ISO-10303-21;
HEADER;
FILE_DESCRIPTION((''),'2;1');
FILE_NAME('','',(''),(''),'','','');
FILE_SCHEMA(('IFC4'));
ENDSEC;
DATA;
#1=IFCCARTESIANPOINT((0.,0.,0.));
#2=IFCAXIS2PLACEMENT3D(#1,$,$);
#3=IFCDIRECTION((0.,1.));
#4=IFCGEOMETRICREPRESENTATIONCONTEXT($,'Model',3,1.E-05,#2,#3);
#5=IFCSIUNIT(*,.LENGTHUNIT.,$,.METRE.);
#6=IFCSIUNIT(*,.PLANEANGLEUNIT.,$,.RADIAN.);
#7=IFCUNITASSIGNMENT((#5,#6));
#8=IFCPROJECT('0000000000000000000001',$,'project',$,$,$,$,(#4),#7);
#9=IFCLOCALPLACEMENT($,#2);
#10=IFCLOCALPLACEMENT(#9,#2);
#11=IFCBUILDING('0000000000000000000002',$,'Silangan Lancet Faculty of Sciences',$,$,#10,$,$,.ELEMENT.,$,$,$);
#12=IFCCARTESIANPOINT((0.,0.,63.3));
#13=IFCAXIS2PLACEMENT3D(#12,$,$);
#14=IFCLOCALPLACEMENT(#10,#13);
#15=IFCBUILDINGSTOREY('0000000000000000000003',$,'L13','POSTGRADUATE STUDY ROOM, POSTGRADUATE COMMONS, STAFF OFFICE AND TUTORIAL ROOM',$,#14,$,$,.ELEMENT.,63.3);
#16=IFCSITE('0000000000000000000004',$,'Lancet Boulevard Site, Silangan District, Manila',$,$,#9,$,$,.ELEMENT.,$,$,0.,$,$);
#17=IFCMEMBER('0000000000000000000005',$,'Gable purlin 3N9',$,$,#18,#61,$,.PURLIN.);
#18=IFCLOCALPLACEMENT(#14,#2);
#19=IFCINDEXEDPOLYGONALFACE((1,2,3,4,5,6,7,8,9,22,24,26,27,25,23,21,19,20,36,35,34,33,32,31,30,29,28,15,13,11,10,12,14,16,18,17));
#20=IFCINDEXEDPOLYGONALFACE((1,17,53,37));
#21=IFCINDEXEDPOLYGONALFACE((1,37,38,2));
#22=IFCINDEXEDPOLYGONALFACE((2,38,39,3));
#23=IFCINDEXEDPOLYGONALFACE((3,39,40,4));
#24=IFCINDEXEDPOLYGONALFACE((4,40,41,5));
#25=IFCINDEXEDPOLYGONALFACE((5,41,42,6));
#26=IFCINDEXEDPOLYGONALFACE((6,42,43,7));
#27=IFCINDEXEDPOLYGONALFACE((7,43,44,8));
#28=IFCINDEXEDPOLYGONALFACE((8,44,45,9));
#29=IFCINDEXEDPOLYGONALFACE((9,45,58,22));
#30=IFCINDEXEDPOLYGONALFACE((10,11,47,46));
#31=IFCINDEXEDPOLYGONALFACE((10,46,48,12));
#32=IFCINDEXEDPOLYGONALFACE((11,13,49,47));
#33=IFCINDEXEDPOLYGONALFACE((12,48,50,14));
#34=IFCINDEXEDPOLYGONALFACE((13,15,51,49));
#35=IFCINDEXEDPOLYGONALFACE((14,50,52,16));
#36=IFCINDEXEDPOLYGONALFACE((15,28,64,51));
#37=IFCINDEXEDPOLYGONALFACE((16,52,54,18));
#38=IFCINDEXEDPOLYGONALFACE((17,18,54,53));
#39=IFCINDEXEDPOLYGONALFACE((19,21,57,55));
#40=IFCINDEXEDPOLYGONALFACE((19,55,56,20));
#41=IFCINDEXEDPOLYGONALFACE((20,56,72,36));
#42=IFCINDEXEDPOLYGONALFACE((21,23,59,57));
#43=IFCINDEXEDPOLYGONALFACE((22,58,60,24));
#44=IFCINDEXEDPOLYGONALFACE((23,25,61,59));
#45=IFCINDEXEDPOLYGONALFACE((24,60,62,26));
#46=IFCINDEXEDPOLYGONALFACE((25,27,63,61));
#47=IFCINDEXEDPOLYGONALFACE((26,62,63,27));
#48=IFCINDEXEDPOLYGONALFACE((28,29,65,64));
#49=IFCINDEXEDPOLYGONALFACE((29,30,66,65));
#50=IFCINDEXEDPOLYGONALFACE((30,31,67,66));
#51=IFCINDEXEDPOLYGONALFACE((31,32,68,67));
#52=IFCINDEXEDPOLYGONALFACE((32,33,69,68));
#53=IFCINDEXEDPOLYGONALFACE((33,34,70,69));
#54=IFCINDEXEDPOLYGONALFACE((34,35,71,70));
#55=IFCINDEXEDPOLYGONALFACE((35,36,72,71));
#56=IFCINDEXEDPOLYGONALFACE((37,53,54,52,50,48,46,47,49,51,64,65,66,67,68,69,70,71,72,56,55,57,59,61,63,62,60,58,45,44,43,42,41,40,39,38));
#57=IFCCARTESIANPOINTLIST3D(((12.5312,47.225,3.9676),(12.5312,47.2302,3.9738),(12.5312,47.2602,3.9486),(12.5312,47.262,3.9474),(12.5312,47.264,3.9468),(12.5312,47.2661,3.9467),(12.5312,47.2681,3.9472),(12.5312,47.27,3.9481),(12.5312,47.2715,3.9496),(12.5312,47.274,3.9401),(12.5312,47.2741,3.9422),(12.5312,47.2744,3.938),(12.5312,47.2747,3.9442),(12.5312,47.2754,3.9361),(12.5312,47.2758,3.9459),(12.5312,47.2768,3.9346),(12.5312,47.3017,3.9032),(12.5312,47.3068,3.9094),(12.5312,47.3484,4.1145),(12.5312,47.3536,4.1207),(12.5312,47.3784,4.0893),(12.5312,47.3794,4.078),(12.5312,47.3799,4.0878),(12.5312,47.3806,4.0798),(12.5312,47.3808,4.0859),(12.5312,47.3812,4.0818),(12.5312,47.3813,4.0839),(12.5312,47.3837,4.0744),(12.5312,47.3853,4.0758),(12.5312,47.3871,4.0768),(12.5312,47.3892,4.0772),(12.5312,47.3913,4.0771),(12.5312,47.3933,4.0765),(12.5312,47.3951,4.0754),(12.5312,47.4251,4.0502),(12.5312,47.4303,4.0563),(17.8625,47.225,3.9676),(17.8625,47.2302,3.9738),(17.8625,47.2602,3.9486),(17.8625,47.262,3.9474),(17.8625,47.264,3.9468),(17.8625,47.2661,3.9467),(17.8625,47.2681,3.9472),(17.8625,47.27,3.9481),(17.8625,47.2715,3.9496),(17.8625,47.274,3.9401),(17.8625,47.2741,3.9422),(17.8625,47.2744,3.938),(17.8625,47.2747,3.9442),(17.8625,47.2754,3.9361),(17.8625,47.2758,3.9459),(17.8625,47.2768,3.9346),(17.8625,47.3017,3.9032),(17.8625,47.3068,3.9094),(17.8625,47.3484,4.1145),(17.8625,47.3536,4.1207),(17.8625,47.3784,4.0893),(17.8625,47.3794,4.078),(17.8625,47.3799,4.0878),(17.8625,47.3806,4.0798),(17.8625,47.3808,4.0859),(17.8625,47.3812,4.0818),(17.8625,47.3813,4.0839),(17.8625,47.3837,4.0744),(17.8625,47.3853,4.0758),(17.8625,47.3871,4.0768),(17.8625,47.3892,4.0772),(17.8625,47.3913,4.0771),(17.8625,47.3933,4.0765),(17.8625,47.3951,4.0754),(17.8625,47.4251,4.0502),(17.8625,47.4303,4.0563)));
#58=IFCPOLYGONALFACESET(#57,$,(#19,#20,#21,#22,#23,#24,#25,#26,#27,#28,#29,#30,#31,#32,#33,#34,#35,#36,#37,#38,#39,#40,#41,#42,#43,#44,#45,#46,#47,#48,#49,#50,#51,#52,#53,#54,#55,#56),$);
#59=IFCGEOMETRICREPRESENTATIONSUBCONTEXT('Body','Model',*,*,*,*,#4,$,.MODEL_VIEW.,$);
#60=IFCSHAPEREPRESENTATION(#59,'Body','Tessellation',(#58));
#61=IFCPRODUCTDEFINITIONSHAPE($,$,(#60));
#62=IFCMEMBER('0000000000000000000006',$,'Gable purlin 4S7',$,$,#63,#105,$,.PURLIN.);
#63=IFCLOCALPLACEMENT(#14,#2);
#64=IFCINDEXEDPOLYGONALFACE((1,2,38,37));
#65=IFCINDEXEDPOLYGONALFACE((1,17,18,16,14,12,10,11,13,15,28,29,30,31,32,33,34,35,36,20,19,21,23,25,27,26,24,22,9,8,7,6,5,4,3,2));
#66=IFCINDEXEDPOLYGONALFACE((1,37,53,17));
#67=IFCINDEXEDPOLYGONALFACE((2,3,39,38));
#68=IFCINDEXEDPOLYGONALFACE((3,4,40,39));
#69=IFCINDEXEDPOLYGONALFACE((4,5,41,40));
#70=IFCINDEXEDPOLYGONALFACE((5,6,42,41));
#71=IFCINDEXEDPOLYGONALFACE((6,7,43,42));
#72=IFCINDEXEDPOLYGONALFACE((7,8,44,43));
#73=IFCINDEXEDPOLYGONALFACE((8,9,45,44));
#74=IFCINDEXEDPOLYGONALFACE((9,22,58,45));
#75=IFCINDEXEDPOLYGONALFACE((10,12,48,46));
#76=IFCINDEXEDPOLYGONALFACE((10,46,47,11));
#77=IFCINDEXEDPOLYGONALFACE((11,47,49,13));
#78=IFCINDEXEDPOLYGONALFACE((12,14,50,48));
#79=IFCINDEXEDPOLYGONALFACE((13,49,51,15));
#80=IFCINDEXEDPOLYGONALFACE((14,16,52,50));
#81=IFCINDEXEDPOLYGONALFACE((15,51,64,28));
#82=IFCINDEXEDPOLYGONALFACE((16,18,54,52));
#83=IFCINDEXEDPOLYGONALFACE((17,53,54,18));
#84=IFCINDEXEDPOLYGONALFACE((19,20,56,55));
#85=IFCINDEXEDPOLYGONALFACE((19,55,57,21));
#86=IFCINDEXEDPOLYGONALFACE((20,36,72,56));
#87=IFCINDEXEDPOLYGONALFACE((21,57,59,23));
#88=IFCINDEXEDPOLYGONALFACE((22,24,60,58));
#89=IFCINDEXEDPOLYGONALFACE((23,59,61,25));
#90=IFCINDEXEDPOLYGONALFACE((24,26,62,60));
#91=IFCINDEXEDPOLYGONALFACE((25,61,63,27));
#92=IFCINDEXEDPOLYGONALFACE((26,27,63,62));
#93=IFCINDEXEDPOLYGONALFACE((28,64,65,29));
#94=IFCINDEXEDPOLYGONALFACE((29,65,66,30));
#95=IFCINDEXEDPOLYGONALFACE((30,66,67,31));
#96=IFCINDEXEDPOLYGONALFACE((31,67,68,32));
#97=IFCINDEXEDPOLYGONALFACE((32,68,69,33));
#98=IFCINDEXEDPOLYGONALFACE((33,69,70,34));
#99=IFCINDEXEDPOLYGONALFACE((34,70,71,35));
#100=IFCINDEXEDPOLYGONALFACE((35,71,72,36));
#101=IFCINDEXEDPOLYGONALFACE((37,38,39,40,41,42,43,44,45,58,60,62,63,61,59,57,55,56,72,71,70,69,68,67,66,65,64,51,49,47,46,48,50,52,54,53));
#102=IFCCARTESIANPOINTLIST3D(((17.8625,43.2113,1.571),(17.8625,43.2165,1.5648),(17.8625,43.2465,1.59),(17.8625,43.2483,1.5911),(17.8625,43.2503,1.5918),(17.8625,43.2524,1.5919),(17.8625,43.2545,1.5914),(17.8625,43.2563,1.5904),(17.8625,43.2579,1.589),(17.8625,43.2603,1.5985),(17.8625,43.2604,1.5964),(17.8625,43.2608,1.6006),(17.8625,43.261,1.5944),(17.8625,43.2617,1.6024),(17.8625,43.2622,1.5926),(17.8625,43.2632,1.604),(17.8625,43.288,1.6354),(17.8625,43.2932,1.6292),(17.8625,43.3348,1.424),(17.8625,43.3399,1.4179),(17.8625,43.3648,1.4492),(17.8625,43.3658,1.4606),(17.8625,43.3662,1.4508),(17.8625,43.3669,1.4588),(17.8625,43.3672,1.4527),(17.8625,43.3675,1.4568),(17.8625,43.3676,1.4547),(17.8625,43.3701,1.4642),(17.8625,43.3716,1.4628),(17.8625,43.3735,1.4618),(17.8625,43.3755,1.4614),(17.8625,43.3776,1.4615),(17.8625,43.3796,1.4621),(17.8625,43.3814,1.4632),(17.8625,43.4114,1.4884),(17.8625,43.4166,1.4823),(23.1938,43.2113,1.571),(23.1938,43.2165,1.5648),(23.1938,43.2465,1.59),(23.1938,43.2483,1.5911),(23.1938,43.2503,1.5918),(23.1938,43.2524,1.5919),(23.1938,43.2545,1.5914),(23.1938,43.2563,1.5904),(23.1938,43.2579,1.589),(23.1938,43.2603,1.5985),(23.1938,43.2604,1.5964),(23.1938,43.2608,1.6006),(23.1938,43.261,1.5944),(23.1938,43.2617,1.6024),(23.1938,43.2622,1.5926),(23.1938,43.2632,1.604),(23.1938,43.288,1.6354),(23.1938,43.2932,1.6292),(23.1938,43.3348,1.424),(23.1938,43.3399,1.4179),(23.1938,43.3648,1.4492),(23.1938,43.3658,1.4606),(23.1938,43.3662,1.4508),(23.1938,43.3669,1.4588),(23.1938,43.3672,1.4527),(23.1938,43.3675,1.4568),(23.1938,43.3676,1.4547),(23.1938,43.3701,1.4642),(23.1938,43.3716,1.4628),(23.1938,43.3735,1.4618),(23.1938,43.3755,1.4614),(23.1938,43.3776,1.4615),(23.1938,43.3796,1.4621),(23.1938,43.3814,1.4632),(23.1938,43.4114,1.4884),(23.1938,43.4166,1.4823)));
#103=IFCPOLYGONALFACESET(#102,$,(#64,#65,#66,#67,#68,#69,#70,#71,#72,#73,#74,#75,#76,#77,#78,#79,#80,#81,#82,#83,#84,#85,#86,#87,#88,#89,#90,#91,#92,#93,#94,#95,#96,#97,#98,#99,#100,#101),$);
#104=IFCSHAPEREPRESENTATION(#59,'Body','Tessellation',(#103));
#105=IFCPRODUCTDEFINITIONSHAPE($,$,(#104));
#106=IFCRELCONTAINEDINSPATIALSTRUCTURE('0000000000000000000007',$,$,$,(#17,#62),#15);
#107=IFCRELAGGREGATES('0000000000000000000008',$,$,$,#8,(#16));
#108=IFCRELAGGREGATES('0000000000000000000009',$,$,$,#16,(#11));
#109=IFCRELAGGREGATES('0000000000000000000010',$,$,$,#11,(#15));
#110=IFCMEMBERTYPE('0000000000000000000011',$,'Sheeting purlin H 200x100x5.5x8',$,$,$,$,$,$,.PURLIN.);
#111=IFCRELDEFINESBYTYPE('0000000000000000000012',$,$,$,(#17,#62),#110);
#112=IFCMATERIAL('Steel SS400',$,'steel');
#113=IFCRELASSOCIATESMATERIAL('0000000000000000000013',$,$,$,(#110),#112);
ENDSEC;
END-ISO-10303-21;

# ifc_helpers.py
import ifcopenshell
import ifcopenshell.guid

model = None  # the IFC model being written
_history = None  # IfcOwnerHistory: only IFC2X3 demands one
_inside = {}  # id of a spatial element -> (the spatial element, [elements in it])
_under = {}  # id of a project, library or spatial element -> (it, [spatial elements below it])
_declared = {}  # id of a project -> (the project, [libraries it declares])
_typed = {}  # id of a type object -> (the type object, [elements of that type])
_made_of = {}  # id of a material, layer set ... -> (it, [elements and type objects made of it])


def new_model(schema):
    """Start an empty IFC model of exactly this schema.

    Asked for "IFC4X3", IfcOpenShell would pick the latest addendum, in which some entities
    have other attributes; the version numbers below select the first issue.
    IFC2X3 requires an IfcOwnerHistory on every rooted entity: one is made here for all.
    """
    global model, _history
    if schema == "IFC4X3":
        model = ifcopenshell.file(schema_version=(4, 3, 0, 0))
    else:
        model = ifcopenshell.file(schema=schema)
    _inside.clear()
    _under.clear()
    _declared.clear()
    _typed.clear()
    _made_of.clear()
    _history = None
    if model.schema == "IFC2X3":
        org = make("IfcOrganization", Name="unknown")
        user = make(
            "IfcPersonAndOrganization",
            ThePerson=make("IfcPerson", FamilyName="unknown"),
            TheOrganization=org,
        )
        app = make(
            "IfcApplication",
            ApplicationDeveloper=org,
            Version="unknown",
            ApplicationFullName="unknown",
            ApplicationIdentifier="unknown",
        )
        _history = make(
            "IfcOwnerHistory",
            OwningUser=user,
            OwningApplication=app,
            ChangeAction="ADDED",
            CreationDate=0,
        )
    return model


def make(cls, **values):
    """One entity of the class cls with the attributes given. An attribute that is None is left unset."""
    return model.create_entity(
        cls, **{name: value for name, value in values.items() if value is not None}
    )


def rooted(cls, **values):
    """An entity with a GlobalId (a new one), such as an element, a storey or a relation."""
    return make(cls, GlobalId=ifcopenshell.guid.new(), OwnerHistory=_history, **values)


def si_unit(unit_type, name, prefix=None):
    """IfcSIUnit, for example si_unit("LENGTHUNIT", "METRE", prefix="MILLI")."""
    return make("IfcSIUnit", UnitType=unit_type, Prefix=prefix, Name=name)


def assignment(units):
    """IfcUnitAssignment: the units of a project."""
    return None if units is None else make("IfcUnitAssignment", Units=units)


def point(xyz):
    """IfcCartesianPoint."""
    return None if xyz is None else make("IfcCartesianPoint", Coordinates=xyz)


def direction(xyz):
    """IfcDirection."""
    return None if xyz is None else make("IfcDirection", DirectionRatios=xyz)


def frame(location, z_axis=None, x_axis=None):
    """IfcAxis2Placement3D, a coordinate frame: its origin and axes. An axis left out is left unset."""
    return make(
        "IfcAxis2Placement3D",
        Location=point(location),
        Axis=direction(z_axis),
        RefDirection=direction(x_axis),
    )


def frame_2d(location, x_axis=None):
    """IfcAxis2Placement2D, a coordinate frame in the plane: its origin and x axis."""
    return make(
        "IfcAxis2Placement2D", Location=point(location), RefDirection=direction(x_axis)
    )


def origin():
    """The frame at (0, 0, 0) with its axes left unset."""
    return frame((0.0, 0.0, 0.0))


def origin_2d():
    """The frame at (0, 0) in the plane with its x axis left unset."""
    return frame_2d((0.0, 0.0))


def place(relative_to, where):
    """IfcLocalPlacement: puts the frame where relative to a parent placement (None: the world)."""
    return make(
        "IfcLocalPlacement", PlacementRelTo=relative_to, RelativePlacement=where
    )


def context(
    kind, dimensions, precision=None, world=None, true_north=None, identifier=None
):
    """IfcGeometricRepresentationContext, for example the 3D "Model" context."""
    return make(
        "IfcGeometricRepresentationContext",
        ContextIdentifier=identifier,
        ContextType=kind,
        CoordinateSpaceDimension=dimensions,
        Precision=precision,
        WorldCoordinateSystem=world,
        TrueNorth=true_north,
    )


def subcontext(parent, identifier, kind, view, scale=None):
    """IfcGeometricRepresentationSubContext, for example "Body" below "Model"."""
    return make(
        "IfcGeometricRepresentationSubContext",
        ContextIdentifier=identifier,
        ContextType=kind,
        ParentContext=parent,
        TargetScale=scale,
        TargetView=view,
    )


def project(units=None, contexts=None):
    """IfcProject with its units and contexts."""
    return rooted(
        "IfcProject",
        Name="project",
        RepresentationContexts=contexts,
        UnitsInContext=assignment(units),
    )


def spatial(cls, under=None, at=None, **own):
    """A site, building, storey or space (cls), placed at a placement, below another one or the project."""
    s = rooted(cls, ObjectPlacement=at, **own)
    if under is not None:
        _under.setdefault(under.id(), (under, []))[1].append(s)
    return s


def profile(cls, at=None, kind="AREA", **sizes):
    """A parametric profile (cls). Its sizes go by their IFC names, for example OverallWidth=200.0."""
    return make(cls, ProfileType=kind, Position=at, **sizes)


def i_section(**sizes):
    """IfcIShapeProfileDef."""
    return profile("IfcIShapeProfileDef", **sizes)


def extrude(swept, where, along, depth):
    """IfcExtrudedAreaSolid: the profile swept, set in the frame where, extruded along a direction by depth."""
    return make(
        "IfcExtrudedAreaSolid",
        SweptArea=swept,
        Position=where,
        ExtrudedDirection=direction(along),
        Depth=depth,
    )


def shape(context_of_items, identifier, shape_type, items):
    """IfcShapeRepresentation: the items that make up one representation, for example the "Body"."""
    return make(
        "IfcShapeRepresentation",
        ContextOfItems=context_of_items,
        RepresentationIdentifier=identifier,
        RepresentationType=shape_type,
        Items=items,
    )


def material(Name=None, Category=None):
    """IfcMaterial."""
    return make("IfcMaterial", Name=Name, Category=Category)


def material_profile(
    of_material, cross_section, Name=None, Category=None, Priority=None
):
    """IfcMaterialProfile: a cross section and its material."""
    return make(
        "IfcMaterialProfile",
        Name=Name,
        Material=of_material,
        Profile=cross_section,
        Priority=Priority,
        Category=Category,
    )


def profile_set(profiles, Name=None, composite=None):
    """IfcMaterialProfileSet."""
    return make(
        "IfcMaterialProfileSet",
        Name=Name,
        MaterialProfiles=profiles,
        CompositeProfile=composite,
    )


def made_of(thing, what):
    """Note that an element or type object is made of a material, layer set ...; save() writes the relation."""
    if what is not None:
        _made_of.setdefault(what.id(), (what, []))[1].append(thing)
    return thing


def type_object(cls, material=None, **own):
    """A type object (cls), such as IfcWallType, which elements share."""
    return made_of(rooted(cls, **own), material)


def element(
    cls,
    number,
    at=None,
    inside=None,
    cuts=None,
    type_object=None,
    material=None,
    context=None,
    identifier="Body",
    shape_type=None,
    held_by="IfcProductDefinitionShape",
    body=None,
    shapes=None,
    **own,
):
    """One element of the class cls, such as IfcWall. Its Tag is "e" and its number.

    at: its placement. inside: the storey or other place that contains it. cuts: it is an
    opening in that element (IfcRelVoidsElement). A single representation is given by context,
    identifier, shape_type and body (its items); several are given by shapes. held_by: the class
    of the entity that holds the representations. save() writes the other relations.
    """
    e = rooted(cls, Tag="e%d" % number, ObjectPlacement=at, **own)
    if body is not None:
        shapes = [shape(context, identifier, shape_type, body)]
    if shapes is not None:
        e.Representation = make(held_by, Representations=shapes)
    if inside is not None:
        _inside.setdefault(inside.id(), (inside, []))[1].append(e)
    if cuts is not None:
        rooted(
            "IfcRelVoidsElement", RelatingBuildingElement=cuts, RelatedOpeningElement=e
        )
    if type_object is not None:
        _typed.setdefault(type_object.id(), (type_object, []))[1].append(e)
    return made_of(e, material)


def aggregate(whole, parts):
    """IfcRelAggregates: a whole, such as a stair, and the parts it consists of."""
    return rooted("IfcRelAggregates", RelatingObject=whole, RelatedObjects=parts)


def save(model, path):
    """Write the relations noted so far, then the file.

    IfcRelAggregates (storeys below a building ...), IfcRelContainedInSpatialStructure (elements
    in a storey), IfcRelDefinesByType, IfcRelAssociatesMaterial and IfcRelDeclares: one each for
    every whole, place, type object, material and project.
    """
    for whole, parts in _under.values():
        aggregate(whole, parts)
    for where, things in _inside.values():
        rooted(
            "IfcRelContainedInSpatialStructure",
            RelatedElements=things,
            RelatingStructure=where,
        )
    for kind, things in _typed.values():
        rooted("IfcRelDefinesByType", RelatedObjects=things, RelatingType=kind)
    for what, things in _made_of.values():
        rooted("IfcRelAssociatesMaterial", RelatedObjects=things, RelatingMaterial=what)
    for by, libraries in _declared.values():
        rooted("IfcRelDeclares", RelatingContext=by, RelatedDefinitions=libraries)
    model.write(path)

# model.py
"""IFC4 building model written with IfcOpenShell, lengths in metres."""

from ifc_helpers import new_model, si_unit, direction, frame, origin, origin_2d, place, context, subcontext, project, spatial, i_section, extrude, material, material_profile, profile_set, type_object, element, save


model = new_model("IFC4")

# Units and contexts
model_context = context("Model", 3, precision=1e-05, world=origin(), true_north=direction((0.0, 1.0)))
body_context = subcontext(model_context, "Body", "Model", "MODEL_VIEW")
ifc_project = project(units=[si_unit("LENGTHUNIT", "METRE"), si_unit("PLANEANGLEUNIT", "RADIAN")], contexts=[model_context])

# Site, building, storey
site_placement = place(None, origin())
site = spatial("IfcSite", under=ifc_project, at=site_placement, Name="Lancet Boulevard Site, Silangan District, Manila", CompositionType="ELEMENT", RefElevation=0.0)
building_placement = place(site_placement, origin())
building = spatial("IfcBuilding", under=site, at=building_placement, Name="Silangan Lancet Faculty of Sciences", CompositionType="ELEMENT")
storey_placement = place(building_placement, frame((0.0, 0.0, 63.3)))
storey = spatial("IfcBuildingStorey", under=building, at=storey_placement, Name="L13", Description="POSTGRADUATE STUDY ROOM, POSTGRADUATE COMMONS, STAFF OFFICE AND TUTORIAL ROOM", CompositionType="ELEMENT", Elevation=63.3)

# Members
ifc_material = material(Name="Steel SS400", Category="steel")
ifc_material_profile = material_profile(ifc_material, i_section(OverallWidth=0.1001, OverallDepth=0.2, WebThickness=0.0056, FlangeThickness=0.0081, FilletRadius=0.0081, at=origin_2d()), Name="H 200x100x5.5x8")
ifc_profile_set = profile_set([ifc_material_profile], Name="Steel SS400")
member_type = type_object("IfcMemberType", Name="Sheeting purlin H 200x100x5.5x8", PredefinedType="PURLIN", material=ifc_profile_set)
for number, where, z_axis, x_axis, name in (
    (1, (12.5312, 47.3276, 4.012), (1.0, 0.0, 0.0), (0.0, 0.765705, -0.643192), "Gable purlin 3N9"),
    (2, (17.8625, 43.314, 1.5266), (1.0, 0.0, 0.0), (0.0, 0.765705, 0.643192), "Gable purlin 4S7"),
):
    element("IfcMember", number, at=place(storey_placement, frame(where, z_axis=z_axis, x_axis=x_axis)), inside=storey, type_object=member_type, Name=name, PredefinedType="PURLIN", context=body_context, shape_type="SweptSolid", body=[
        extrude(i_section(OverallWidth=0.1001, OverallDepth=0.2, WebThickness=0.0056, FlangeThickness=0.0081, FilletRadius=0.0081, at=origin_2d()), origin(), (0.0, 0.0, 1.0), 5.3313),
    ])

save(model, "model.ifc")
